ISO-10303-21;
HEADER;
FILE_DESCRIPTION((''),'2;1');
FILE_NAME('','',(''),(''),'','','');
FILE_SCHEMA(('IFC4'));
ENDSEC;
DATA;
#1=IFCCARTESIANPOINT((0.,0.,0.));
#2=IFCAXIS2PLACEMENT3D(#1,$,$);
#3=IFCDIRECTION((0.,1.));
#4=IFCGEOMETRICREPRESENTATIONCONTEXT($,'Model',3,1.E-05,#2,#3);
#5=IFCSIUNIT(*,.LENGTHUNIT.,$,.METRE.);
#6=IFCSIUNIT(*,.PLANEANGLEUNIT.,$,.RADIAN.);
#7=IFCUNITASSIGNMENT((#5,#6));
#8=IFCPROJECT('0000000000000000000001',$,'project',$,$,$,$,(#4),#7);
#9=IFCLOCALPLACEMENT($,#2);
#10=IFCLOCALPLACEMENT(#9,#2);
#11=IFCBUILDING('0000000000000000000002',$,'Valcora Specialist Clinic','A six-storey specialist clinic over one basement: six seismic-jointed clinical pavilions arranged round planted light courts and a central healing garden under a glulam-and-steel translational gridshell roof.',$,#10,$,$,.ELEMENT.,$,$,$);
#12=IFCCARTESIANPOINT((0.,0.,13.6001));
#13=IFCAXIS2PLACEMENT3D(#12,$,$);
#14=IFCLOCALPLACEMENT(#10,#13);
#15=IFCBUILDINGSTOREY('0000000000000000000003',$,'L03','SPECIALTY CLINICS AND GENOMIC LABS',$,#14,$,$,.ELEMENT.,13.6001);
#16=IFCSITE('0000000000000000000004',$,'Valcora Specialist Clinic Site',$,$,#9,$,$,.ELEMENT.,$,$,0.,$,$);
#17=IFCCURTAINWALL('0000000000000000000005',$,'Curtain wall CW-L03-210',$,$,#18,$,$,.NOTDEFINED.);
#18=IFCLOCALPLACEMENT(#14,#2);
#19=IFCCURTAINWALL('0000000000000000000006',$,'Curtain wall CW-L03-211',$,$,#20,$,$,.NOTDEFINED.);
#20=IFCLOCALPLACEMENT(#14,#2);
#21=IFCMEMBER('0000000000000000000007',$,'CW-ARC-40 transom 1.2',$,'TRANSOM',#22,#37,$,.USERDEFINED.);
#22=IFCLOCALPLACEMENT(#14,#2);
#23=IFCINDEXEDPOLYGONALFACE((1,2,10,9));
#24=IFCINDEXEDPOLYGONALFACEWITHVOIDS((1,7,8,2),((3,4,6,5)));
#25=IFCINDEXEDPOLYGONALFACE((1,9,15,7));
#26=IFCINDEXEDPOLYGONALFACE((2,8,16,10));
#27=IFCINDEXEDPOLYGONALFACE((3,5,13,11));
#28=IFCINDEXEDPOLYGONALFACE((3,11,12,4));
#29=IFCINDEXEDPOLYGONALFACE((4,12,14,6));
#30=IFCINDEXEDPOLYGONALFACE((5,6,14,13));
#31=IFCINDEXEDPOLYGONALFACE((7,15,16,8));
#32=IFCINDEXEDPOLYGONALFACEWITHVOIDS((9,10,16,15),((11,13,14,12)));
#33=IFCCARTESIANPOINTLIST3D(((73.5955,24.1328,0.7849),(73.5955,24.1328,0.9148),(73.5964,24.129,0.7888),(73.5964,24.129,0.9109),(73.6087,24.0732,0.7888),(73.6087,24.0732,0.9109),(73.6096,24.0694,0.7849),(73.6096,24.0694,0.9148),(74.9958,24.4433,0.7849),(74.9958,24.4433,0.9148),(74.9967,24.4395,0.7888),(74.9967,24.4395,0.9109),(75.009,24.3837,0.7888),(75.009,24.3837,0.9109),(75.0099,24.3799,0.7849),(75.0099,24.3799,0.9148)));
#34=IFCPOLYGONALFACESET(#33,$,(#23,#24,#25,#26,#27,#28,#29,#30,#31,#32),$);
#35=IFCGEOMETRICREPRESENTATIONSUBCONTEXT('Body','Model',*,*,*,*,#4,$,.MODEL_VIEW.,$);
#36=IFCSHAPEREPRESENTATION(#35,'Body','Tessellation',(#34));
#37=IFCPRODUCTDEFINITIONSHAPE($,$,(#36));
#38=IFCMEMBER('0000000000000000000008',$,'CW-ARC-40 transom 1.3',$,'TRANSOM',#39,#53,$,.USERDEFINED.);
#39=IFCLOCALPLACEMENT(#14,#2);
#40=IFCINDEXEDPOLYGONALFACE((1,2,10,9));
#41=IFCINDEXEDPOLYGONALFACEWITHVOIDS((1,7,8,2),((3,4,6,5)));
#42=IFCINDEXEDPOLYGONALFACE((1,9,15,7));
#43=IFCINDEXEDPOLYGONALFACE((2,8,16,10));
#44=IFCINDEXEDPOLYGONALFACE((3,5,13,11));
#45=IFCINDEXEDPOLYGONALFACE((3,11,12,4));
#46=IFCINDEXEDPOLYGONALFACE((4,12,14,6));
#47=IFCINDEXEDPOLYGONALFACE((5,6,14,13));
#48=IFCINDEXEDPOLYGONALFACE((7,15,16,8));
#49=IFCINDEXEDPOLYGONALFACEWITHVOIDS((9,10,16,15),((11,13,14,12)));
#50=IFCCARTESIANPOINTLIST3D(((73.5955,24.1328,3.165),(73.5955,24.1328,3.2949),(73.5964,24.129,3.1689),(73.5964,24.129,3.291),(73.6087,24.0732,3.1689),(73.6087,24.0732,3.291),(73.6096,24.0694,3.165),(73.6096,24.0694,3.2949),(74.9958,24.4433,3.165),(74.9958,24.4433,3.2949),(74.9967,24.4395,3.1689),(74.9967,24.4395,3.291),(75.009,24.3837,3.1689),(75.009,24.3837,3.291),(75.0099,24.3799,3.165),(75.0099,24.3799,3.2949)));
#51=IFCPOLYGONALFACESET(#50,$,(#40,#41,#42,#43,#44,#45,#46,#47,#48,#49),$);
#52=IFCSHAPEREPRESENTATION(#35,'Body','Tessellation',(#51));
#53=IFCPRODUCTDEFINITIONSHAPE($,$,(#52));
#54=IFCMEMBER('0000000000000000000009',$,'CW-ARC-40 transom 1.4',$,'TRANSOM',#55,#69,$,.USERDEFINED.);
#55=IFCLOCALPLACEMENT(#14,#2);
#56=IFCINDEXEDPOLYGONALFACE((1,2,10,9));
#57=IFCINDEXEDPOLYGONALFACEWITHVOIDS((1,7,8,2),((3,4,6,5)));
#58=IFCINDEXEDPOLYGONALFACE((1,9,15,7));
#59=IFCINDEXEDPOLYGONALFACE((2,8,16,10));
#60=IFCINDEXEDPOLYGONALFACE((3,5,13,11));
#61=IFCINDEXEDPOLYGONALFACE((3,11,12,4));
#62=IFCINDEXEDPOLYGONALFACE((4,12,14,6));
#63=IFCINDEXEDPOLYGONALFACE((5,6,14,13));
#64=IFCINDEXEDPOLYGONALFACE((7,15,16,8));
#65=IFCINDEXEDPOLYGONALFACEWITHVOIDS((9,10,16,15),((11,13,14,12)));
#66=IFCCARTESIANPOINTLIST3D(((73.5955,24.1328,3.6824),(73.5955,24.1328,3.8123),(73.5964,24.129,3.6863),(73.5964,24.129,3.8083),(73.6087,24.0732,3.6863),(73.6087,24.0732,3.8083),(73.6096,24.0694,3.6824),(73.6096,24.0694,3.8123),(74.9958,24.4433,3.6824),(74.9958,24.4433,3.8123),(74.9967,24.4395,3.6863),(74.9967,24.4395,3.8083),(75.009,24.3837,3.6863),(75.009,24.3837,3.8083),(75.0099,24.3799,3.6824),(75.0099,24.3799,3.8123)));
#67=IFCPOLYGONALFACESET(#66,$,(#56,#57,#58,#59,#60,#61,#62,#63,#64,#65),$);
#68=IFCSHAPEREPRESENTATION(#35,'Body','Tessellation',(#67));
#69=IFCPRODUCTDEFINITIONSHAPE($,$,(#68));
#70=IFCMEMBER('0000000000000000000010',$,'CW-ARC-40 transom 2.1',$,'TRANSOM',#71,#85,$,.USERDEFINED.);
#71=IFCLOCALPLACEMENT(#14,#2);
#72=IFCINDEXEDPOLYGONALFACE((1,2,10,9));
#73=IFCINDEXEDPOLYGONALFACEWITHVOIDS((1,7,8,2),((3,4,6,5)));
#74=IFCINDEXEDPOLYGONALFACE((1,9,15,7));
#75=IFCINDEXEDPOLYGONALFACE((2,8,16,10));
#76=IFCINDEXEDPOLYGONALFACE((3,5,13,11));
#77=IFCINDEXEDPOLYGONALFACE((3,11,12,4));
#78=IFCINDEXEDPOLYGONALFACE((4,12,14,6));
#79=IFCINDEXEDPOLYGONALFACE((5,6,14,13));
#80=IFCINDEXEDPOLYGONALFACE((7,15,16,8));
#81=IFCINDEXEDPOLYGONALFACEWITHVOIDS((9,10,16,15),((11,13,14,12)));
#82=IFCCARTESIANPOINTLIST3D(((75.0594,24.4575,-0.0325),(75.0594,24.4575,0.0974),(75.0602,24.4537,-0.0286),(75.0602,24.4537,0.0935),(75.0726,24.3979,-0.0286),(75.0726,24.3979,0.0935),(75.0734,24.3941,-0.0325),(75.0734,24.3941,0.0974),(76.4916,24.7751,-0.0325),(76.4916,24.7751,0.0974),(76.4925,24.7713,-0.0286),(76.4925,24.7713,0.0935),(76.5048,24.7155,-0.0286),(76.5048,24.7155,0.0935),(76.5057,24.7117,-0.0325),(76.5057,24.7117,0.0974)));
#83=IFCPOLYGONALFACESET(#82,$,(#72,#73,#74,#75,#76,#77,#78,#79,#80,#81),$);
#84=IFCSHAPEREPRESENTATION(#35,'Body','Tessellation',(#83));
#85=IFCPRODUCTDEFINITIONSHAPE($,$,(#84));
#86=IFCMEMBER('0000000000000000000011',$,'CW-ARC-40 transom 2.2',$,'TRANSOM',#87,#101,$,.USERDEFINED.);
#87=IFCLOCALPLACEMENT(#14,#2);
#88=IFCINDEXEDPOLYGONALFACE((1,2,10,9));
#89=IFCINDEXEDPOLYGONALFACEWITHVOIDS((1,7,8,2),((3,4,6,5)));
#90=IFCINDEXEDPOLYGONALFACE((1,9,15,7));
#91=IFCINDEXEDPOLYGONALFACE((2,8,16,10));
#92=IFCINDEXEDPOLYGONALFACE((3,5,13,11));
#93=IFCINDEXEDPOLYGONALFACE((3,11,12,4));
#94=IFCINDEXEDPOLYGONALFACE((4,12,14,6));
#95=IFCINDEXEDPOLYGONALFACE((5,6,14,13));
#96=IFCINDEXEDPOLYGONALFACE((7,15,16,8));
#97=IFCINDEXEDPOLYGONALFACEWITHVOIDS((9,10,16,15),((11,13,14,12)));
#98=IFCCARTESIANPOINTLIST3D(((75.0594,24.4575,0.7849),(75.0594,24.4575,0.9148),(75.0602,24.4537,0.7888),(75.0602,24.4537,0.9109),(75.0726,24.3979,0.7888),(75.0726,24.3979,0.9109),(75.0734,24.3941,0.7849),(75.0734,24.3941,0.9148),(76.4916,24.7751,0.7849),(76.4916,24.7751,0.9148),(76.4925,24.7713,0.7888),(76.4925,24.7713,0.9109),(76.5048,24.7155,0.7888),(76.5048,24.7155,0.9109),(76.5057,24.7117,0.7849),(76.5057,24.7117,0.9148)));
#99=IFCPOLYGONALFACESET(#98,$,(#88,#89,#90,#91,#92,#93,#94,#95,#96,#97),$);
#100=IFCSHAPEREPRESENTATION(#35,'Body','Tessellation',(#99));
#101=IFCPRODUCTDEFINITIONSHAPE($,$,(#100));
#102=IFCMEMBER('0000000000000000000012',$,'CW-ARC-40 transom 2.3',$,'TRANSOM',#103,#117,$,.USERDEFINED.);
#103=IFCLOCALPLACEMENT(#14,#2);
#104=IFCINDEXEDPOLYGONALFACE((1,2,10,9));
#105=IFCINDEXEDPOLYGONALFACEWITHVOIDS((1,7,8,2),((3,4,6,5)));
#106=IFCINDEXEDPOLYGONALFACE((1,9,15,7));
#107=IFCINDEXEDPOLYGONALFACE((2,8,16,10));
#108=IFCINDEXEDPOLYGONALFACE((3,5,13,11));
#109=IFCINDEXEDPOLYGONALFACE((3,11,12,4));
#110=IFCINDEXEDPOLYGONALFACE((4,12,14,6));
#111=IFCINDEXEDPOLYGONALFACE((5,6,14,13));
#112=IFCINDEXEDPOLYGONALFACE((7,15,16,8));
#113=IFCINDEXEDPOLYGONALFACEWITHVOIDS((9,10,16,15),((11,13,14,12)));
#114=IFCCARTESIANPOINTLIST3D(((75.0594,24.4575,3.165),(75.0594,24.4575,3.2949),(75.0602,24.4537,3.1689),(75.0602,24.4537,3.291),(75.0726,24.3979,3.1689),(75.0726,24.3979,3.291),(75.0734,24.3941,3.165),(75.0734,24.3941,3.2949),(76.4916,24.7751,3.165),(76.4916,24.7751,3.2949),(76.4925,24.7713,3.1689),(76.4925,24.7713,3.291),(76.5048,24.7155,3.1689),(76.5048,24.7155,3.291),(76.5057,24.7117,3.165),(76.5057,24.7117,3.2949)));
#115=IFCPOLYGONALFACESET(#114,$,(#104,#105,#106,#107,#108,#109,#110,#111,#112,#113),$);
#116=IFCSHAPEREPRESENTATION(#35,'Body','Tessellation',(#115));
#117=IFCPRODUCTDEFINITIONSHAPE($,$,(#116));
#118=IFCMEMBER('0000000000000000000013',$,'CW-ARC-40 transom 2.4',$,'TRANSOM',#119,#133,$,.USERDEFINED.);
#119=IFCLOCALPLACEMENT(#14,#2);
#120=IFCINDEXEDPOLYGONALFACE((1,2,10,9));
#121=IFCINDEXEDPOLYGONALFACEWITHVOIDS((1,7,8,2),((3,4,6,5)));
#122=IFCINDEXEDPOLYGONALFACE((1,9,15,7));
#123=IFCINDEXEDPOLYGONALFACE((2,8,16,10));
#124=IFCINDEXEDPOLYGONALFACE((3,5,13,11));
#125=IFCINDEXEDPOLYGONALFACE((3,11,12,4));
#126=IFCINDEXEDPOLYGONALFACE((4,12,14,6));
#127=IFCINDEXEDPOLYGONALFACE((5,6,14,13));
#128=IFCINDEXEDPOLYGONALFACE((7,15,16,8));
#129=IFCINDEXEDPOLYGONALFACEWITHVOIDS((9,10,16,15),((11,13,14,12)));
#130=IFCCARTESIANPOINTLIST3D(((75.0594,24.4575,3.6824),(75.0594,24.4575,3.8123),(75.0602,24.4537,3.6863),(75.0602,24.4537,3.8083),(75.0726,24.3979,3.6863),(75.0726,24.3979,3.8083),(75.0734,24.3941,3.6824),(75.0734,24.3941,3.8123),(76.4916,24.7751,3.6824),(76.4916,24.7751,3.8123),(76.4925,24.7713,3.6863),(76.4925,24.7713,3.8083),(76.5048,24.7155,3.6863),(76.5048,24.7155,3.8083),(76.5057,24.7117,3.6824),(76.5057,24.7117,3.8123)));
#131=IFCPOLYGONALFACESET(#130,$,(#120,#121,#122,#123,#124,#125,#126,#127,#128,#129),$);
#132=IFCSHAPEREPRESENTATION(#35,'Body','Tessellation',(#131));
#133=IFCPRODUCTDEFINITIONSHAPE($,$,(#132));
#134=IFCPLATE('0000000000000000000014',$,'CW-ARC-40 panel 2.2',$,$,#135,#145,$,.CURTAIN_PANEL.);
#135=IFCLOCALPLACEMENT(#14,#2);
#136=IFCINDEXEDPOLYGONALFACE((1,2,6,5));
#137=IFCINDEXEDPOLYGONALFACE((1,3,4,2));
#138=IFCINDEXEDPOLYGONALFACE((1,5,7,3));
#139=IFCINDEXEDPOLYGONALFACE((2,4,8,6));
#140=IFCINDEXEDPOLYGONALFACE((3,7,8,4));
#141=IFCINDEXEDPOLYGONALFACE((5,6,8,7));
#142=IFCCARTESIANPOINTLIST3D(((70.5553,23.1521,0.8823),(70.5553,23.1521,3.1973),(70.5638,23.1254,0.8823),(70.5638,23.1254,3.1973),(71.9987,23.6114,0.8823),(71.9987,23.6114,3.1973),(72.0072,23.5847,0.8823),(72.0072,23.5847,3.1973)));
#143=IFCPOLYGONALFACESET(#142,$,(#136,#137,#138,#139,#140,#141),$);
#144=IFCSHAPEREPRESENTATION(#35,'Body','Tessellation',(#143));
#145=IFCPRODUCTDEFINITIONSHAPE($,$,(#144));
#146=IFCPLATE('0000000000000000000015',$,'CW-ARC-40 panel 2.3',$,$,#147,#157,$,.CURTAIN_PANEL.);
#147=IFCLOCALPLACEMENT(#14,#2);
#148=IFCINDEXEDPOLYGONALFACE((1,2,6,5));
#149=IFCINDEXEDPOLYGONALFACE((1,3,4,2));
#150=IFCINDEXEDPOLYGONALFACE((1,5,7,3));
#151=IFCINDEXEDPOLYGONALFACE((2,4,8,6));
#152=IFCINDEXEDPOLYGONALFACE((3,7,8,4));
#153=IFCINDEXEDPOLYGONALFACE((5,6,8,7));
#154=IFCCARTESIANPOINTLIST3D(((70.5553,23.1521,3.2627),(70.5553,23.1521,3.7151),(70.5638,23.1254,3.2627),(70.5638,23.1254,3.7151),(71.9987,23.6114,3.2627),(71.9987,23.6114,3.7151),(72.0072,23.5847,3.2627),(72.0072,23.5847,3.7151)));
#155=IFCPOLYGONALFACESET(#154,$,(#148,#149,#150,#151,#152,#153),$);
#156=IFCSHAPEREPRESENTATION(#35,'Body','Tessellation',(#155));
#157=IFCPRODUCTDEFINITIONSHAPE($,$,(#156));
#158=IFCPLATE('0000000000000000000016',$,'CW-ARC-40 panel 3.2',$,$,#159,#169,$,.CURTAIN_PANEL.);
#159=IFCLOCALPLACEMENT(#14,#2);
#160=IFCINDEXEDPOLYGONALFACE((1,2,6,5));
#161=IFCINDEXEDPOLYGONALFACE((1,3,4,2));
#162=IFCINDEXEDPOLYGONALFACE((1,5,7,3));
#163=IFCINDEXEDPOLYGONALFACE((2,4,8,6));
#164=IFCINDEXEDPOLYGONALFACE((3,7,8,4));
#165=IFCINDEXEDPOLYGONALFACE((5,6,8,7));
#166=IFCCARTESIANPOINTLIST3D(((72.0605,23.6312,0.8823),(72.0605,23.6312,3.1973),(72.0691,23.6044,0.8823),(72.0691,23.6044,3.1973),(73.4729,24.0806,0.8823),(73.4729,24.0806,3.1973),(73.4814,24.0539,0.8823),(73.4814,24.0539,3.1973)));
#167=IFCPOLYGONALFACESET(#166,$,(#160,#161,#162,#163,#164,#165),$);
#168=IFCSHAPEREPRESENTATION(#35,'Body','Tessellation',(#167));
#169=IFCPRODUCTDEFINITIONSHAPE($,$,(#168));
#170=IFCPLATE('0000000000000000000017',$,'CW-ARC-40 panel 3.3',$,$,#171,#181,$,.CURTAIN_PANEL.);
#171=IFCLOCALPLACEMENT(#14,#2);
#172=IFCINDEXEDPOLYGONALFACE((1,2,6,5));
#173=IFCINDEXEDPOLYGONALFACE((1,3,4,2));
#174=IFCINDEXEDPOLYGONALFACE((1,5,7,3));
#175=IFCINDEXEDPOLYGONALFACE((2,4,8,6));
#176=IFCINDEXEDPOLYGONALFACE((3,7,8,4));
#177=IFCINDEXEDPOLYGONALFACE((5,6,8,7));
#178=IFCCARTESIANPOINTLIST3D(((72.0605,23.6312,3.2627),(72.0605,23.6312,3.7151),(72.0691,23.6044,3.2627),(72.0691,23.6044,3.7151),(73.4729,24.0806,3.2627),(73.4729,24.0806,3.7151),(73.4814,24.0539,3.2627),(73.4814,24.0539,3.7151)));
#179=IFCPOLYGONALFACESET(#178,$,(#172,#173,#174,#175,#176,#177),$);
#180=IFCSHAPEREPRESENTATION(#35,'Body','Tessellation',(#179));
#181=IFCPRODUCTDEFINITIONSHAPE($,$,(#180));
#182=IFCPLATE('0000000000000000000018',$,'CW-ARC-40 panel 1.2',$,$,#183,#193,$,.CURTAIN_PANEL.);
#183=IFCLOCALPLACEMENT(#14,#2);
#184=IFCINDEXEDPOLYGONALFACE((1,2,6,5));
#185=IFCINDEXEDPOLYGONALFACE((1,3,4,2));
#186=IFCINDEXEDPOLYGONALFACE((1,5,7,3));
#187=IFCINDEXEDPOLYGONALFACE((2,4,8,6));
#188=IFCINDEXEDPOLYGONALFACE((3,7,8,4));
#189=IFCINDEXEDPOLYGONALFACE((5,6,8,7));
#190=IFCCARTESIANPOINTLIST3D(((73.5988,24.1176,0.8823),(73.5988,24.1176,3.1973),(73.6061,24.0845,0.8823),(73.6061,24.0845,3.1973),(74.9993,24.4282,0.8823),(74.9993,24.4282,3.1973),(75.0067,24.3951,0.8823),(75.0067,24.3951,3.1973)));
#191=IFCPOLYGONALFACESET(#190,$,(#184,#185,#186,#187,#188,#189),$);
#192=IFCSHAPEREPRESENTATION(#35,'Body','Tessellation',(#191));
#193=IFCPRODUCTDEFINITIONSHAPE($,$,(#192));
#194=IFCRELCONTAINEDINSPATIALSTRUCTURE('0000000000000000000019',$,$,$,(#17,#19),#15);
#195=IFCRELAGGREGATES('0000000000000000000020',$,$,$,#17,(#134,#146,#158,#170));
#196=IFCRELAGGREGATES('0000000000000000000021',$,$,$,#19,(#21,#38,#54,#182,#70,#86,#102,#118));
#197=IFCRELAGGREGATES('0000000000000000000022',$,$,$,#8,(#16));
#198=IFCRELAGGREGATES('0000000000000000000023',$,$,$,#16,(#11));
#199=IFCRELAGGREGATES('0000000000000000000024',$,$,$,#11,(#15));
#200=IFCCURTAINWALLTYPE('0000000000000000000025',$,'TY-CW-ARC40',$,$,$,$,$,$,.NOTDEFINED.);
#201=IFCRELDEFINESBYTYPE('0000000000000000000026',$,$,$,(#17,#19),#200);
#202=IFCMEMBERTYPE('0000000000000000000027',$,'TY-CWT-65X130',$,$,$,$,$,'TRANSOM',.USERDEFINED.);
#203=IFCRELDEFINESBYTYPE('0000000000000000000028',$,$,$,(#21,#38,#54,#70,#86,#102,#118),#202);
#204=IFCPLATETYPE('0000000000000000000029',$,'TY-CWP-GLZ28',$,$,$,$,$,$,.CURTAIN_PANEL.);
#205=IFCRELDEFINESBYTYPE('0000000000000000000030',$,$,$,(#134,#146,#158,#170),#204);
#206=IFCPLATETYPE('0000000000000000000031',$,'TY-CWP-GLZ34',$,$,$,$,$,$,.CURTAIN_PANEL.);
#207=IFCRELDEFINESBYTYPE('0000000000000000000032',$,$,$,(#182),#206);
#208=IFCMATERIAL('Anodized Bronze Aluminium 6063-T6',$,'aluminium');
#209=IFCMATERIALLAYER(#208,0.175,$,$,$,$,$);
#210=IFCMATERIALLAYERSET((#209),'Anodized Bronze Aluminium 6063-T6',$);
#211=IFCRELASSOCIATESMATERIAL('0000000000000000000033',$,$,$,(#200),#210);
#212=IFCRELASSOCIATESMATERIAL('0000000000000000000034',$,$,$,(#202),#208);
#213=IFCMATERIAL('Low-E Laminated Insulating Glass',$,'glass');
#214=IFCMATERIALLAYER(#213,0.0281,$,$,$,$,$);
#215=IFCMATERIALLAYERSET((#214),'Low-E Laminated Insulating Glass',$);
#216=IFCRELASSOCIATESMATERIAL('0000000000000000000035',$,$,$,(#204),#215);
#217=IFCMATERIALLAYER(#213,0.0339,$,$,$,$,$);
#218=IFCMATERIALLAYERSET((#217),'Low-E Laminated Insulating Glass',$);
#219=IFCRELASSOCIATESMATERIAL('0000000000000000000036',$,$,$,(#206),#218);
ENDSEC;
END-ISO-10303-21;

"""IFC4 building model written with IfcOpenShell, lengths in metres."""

from ifc_helpers import new_model, si_unit, direction, frame, origin, origin_2d, place, context, subcontext, project, spatial, rectangle, hollow_rectangle, extrude, material, layer, layer_set, material_profile, profile_set, type_object, element, aggregate, save


model = new_model("IFC4")

# Units and contexts
model_context = context("Model", 3, precision=1e-05, world=origin(), true_north=direction((0.0, 1.0)))
body_context = subcontext(model_context, "Body", "Model", "MODEL_VIEW")
ifc_project = project(units=[si_unit("LENGTHUNIT", "METRE"), si_unit("PLANEANGLEUNIT", "RADIAN")], contexts=[model_context])

# Site, building, storey
site_placement = place(None, origin())
site = spatial("IfcSite", under=ifc_project, at=site_placement, Name="Valcora Specialist Clinic Site", CompositionType="ELEMENT", RefElevation=0.0)
building_placement = place(site_placement, origin())
building = spatial("IfcBuilding", under=site, at=building_placement, Name="Valcora Specialist Clinic", Description="A six-storey specialist clinic over one basement: six seismic-jointed clinical pavilions arranged round planted light courts and a central healing garden under a glulam-and-steel translational gridshell roof.", CompositionType="ELEMENT")
storey_placement = place(building_placement, frame((0.0, 0.0, 13.6001)))
storey = spatial("IfcBuildingStorey", under=building, at=storey_placement, Name="L03", Description="SPECIALTY CLINICS AND GENOMIC LABS", CompositionType="ELEMENT", Elevation=13.6001)

# Curtain walls
ifc_material_1 = material(Name="Anodized Bronze Aluminium 6063-T6", Category="aluminium")
ifc_layer_1 = layer(ifc_material_1, 0.175)
ifc_layer_set_1 = layer_set([ifc_layer_1], Name="Anodized Bronze Aluminium 6063-T6")
curtain_wall_type = type_object("IfcCurtainWallType", Name="TY-CW-ARC40", PredefinedType="NOTDEFINED", material=ifc_layer_set_1)
curtain_wall_1_placement = place(storey_placement, origin())
curtain_wall_1 = element("IfcCurtainWall", 1, at=curtain_wall_1_placement, inside=storey, type_object=curtain_wall_type, Name="Curtain wall CW-L03-210", PredefinedType="NOTDEFINED")
curtain_wall_2_placement = place(storey_placement, origin())
curtain_wall_2 = element("IfcCurtainWall", 2, at=curtain_wall_2_placement, inside=storey, type_object=curtain_wall_type, Name="Curtain wall CW-L03-211", PredefinedType="NOTDEFINED")

# Members
ifc_material_profile_1 = material_profile(ifc_material_1, hollow_rectangle(XDim=0.0649, YDim=0.1299, WallThickness=0.0039, at=origin_2d()), Name="AL-TRN-65X130")
ifc_profile_set_1 = profile_set([ifc_material_profile_1], Name="Anodized Bronze Aluminium 6063-T6")
member_type_1 = type_object("IfcMemberType", Name="TY-CWT-65X130", ElementType="TRANSOM", PredefinedType="USERDEFINED", material=ifc_profile_set_1)
member_1_placement = place(storey_placement, frame((73.6025, 24.1011, 0.8499), z_axis=(0.976283, 0.216498, 0.0), x_axis=(-0.216498, 0.976283, 0.0)))
member_1 = element("IfcMember", 3, at=member_1_placement, type_object=member_type_1, Name="CW-ARC-40 transom 1.2", ObjectType="TRANSOM", PredefinedType="USERDEFINED", context=body_context, shape_type="SweptSolid", body=[
    extrude(hollow_rectangle(XDim=0.0649, YDim=0.1299, WallThickness=0.0039, at=origin_2d()), origin(), (0.0, 0.0, 1.0), 1.4343),
])
member_2_placement = place(storey_placement, frame((73.6025, 24.1011, 3.23), z_axis=(0.976283, 0.216498, 0.0), x_axis=(-0.216498, 0.976283, 0.0)))
member_2 = element("IfcMember", 4, at=member_2_placement, type_object=member_type_1, Name="CW-ARC-40 transom 1.3", ObjectType="TRANSOM", PredefinedType="USERDEFINED", context=body_context, shape_type="SweptSolid", body=[
    extrude(hollow_rectangle(XDim=0.0649, YDim=0.1299, WallThickness=0.0039, at=origin_2d()), origin(), (0.0, 0.0, 1.0), 1.4343),
])
member_3_placement = place(storey_placement, frame((73.6025, 24.1011, 3.7473), z_axis=(0.976283, 0.216498, 0.0), x_axis=(-0.216498, 0.976283, 0.0)))
member_3 = element("IfcMember", 5, at=member_3_placement, type_object=member_type_1, Name="CW-ARC-40 transom 1.4", ObjectType="TRANSOM", PredefinedType="USERDEFINED", context=body_context, shape_type="SweptSolid", body=[
    extrude(hollow_rectangle(XDim=0.0649, YDim=0.1299, WallThickness=0.0039, at=origin_2d()), origin(), (0.0, 0.0, 1.0), 1.4343),
])
member_4_placement = place(storey_placement, frame((75.0664, 24.4258, 0.0325), z_axis=(0.976277, 0.216525, 0.0), x_axis=(-0.216525, 0.976277, 0.0)))
member_4 = element("IfcMember", 6, at=member_4_placement, type_object=member_type_1, Name="CW-ARC-40 transom 2.1", ObjectType="TRANSOM", PredefinedType="USERDEFINED", context=body_context, shape_type="SweptSolid", body=[
    extrude(hollow_rectangle(XDim=0.0649, YDim=0.1299, WallThickness=0.0039, at=origin_2d()), origin(), (0.0, 0.0, 1.0), 1.467),
])
member_5_placement = place(storey_placement, frame((75.0664, 24.4258, 0.8499), z_axis=(0.976277, 0.216525, 0.0), x_axis=(-0.216525, 0.976277, 0.0)))
member_5 = element("IfcMember", 7, at=member_5_placement, type_object=member_type_1, Name="CW-ARC-40 transom 2.2", ObjectType="TRANSOM", PredefinedType="USERDEFINED", context=body_context, shape_type="SweptSolid", body=[
    extrude(hollow_rectangle(XDim=0.0649, YDim=0.1299, WallThickness=0.0039, at=origin_2d()), origin(), (0.0, 0.0, 1.0), 1.467),
])
member_6_placement = place(storey_placement, frame((75.0664, 24.4258, 3.23), z_axis=(0.976277, 0.216525, 0.0), x_axis=(-0.216525, 0.976277, 0.0)))
member_6 = element("IfcMember", 8, at=member_6_placement, type_object=member_type_1, Name="CW-ARC-40 transom 2.3", ObjectType="TRANSOM", PredefinedType="USERDEFINED", context=body_context, shape_type="SweptSolid", body=[
    extrude(hollow_rectangle(XDim=0.0649, YDim=0.1299, WallThickness=0.0039, at=origin_2d()), origin(), (0.0, 0.0, 1.0), 1.467),
])
member_7_placement = place(storey_placement, frame((75.0664, 24.4258, 3.7473), z_axis=(0.976277, 0.216525, 0.0), x_axis=(-0.216525, 0.976277, 0.0)))
member_7 = element("IfcMember", 9, at=member_7_placement, type_object=member_type_1, Name="CW-ARC-40 transom 2.4", ObjectType="TRANSOM", PredefinedType="USERDEFINED", context=body_context, shape_type="SweptSolid", body=[
    extrude(hollow_rectangle(XDim=0.0649, YDim=0.1299, WallThickness=0.0039, at=origin_2d()), origin(), (0.0, 0.0, 1.0), 1.467),
])

# Plates
ifc_material_2 = material(Name="Low-E Laminated Insulating Glass", Category="glass")
ifc_layer_2 = layer(ifc_material_2, 0.0281)
ifc_layer_set_2 = layer_set([ifc_layer_2], Name="Low-E Laminated Insulating Glass")
plate_type_1 = type_object("IfcPlateType", Name="TY-CWP-GLZ28", PredefinedType="CURTAIN_PANEL", material=ifc_layer_set_2)
plate_1_placement = place(storey_placement, frame((71.2812, 23.3684, 0.8823), z_axis=(0.0, 0.0, 1.0), x_axis=(0.952916, 0.303233, 0.0)))
plate_1 = element("IfcPlate", 10, at=plate_1_placement, type_object=plate_type_1, Name="CW-ARC-40 panel 2.2", PredefinedType="CURTAIN_PANEL", context=body_context, shape_type="SweptSolid", body=[
    extrude(rectangle(XDim=1.5146, YDim=0.0281, at=origin_2d()), origin(), (0.0, 0.0, 1.0), 2.3149),
])
plate_2_placement = place(storey_placement, frame((71.2812, 23.3684, 3.2627), z_axis=(0.0, 0.0, 1.0), x_axis=(0.952916, 0.303233, 0.0)))
plate_2 = element("IfcPlate", 11, at=plate_2_placement, type_object=plate_type_1, Name="CW-ARC-40 panel 2.3", PredefinedType="CURTAIN_PANEL", context=body_context, shape_type="SweptSolid", body=[
    extrude(rectangle(XDim=1.5146, YDim=0.0281, at=origin_2d()), origin(), (0.0, 0.0, 1.0), 0.4524),
])
plate_3_placement = place(storey_placement, frame((72.771, 23.8425, 0.8823), z_axis=(0.0, 0.0, 1.0), x_axis=(0.952916, 0.303233, 0.0)))
plate_3 = element("IfcPlate", 12, at=plate_3_placement, type_object=plate_type_1, Name="CW-ARC-40 panel 3.2", PredefinedType="CURTAIN_PANEL", context=body_context, shape_type="SweptSolid", body=[
    extrude(rectangle(XDim=1.4822, YDim=0.0281, at=origin_2d()), origin(), (0.0, 0.0, 1.0), 2.3149),
])
plate_4_placement = place(storey_placement, frame((72.771, 23.8425, 3.2627), z_axis=(0.0, 0.0, 1.0), x_axis=(0.952916, 0.303233, 0.0)))
plate_4 = element("IfcPlate", 13, at=plate_4_placement, type_object=plate_type_1, Name="CW-ARC-40 panel 3.3", PredefinedType="CURTAIN_PANEL", context=body_context, shape_type="SweptSolid", body=[
    extrude(rectangle(XDim=1.4822, YDim=0.0281, at=origin_2d()), origin(), (0.0, 0.0, 1.0), 0.4524),
])
ifc_layer_3 = layer(ifc_material_2, 0.0339)
ifc_layer_set_3 = layer_set([ifc_layer_3], Name="Low-E Laminated Insulating Glass")
plate_type_2 = type_object("IfcPlateType", Name="TY-CWP-GLZ34", PredefinedType="CURTAIN_PANEL", material=ifc_layer_set_3)
plate_5_placement = place(storey_placement, frame((74.3027, 24.2563, 0.8823), z_axis=(0.0, 0.0, 1.0), x_axis=(0.976279, 0.216518, 0.0)))
plate_5 = element("IfcPlate", 14, at=plate_5_placement, type_object=plate_type_2, Name="CW-ARC-40 panel 1.2", PredefinedType="CURTAIN_PANEL", context=body_context, shape_type="SweptSolid", body=[
    extrude(rectangle(XDim=1.4346, YDim=0.0339, at=origin_2d()), origin(), (0.0, 0.0, 1.0), 2.3149),
])
aggregate(curtain_wall_1, [plate_1, plate_2, plate_3, plate_4])
aggregate(curtain_wall_2, [member_1, member_2, member_3, plate_5, member_4, member_5, member_6, member_7])

save(model, "model.ifc")
